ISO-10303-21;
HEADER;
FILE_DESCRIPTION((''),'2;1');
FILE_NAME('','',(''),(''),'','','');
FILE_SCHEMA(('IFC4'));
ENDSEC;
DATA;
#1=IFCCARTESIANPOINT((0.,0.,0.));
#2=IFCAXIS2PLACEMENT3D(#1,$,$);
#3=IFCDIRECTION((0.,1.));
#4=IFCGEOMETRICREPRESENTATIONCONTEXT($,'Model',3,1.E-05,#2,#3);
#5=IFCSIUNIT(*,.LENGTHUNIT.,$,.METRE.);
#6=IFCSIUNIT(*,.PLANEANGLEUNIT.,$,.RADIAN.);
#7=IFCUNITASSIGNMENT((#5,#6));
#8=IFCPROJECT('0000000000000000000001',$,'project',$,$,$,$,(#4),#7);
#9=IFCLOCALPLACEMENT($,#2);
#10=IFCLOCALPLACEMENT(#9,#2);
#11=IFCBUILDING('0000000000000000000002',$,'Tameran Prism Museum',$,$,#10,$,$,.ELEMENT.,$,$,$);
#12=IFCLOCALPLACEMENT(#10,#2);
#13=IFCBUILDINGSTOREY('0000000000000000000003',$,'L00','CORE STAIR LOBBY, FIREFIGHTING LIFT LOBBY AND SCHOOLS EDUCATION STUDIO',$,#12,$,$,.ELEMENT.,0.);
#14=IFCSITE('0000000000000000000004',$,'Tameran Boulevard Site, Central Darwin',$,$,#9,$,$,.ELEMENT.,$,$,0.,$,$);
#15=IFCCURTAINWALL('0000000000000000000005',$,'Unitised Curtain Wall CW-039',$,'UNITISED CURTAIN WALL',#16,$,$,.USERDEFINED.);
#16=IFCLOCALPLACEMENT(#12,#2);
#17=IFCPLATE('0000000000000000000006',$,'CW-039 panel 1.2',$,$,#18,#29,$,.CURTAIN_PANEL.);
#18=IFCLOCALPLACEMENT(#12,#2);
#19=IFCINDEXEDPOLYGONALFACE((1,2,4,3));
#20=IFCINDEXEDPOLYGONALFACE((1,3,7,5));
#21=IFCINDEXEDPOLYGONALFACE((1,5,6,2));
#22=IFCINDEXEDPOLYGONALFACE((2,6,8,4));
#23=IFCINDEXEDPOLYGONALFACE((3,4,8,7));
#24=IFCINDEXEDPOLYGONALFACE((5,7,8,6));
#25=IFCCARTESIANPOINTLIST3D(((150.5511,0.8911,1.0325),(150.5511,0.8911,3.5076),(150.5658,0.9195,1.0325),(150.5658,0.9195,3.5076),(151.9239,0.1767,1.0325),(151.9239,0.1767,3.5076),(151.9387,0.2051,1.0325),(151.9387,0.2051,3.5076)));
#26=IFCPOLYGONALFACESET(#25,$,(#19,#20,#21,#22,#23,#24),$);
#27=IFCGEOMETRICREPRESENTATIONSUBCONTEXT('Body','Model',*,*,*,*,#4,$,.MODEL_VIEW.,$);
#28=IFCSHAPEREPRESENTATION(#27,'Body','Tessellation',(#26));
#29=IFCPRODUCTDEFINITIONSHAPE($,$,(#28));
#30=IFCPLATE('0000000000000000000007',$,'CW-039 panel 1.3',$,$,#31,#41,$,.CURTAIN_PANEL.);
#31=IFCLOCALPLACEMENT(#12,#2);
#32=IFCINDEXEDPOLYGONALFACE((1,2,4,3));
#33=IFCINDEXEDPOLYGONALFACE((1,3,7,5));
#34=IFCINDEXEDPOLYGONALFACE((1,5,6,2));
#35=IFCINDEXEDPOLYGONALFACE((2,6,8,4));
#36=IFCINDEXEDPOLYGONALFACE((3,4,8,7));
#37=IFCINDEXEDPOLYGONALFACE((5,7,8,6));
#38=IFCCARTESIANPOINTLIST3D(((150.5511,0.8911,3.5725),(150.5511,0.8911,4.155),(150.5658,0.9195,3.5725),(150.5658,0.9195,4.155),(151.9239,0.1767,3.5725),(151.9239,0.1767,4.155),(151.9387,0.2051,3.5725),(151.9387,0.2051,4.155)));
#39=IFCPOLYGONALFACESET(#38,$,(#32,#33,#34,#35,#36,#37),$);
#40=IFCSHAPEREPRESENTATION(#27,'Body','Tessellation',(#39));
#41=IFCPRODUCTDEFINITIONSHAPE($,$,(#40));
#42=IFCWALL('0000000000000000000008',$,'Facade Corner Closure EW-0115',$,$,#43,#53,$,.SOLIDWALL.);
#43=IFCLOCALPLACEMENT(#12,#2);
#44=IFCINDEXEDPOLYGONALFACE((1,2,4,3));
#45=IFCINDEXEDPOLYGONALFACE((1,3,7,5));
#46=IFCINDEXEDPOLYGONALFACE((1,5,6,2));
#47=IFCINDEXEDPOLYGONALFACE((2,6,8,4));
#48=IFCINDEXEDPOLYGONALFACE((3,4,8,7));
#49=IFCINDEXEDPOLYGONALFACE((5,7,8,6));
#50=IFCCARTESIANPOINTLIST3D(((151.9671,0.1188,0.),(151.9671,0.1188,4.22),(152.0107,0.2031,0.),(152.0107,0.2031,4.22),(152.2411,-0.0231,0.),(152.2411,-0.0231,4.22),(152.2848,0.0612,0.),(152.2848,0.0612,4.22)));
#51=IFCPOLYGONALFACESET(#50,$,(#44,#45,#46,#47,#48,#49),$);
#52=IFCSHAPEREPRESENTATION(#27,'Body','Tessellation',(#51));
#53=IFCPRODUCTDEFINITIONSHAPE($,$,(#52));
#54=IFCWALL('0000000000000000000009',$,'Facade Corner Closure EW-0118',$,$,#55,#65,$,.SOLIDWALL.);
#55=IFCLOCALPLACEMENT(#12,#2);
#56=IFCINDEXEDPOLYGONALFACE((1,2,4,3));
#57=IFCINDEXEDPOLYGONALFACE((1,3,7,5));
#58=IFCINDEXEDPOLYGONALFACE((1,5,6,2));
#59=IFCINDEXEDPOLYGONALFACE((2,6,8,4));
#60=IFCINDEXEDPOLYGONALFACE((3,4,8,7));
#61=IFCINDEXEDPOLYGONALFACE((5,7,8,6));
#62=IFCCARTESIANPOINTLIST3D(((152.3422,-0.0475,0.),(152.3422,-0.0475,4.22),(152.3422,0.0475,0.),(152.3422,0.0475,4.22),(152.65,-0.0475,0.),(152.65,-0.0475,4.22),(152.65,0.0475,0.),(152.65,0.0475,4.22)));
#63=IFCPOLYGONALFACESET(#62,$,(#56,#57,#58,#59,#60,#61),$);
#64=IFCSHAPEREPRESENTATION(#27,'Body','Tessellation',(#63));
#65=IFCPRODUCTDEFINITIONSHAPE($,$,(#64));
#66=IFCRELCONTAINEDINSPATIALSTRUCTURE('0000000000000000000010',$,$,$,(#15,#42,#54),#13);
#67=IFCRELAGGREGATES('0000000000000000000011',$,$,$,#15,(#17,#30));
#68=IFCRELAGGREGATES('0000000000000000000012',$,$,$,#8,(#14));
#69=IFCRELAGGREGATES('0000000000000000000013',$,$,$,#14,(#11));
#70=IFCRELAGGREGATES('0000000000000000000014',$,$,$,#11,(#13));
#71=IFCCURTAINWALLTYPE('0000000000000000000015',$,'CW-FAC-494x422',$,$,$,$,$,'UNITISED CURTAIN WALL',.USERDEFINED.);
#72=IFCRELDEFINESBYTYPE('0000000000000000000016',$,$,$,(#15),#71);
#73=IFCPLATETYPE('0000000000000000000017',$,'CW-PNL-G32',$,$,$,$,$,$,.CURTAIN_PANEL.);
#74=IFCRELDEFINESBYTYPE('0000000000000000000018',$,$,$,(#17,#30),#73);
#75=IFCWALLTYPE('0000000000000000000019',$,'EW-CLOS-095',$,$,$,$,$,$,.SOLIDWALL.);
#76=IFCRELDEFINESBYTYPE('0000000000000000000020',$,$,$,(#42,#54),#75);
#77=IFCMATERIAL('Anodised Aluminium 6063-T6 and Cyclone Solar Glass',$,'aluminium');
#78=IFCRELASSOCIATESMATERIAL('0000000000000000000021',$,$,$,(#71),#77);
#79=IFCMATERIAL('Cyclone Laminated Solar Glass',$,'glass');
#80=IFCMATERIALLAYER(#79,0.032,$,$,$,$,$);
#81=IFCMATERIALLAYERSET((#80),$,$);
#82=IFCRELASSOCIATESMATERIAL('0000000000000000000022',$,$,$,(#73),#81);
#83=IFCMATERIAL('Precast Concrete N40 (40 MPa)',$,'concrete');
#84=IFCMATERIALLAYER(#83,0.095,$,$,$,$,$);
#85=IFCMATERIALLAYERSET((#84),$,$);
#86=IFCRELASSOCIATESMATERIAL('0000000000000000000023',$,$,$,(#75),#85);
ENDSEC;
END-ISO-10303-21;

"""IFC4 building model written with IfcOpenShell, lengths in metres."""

from ifc_helpers import new_model, si_unit, direction, frame, frame_2d, origin, origin_2d, place, context, subcontext, project, spatial, rectangle, extrude, material, layer, layer_set, type_object, element, aggregate, save


model = new_model("IFC4")

# Units and contexts
model_context = context("Model", 3, precision=1e-05, world=origin(), true_north=direction((0.0, 1.0)))
body_context = subcontext(model_context, "Body", "Model", "MODEL_VIEW")
ifc_project = project(units=[si_unit("LENGTHUNIT", "METRE"), si_unit("PLANEANGLEUNIT", "RADIAN")], contexts=[model_context])

# Site, building, storey
site_placement = place(None, origin())
site = spatial("IfcSite", under=ifc_project, at=site_placement, Name="Tameran Boulevard Site, Central Darwin", CompositionType="ELEMENT", RefElevation=0.0)
building_placement = place(site_placement, origin())
building = spatial("IfcBuilding", under=site, at=building_placement, Name="Tameran Prism Museum", CompositionType="ELEMENT")
storey_placement = place(building_placement, origin())
storey = spatial("IfcBuildingStorey", under=building, at=storey_placement, Name="L00", Description="CORE STAIR LOBBY, FIREFIGHTING LIFT LOBBY AND SCHOOLS EDUCATION STUDIO", CompositionType="ELEMENT", Elevation=0.0)

# Curtain wall
ifc_material_1 = material(Name="Anodised Aluminium 6063-T6 and Cyclone Solar Glass", Category="aluminium")
curtain_wall_type_1 = type_object("IfcCurtainWallType", Name="CW-FAC-494x422", ElementType="UNITISED CURTAIN WALL", PredefinedType="USERDEFINED", material=ifc_material_1)
curtain_wall_1_placement = place(storey_placement, origin())
curtain_wall_1 = element("IfcCurtainWall", 1, at=curtain_wall_1_placement, inside=storey, type_object=curtain_wall_type_1, Name="Unitised Curtain Wall CW-039", ObjectType="UNITISED CURTAIN WALL", PredefinedType="USERDEFINED")

# Plates
ifc_material_2 = material(Name="Cyclone Laminated Solar Glass", Category="glass")
ifc_layer_1 = layer(ifc_material_2, 0.032)
ifc_layer_set_1 = layer_set([ifc_layer_1])
plate_type_1 = type_object("IfcPlateType", Name="CW-PNL-G32", PredefinedType="CURTAIN_PANEL", material=ifc_layer_set_1)
plate_1_placement = place(storey_placement, frame((151.2449, 0.5481, 1.0325), z_axis=(0.0, 0.0, 1.0), x_axis=(-0.887097, 0.461582, 0.0)))
plate_1 = element("IfcPlate", 2, at=plate_1_placement, type_object=plate_type_1, Name="CW-039 panel 1.2", PredefinedType="CURTAIN_PANEL", context=body_context, shape_type="SweptSolid", body=[
    extrude(rectangle(XDim=1.5476, YDim=0.032, at=origin_2d()), origin(), (0.0, 0.0, 1.0), 2.4751),
])
plate_2_placement = place(storey_placement, frame((151.2449, 0.5481, 3.5725), z_axis=(0.0, 0.0, 1.0), x_axis=(-0.887097, 0.461582, 0.0)))
plate_2 = element("IfcPlate", 3, at=plate_2_placement, type_object=plate_type_1, Name="CW-039 panel 1.3", PredefinedType="CURTAIN_PANEL", context=body_context, shape_type="SweptSolid", body=[
    extrude(rectangle(XDim=1.5476, YDim=0.032, at=origin_2d()), origin(), (0.0, 0.0, 1.0), 0.5825),
])
aggregate(curtain_wall_1, [plate_1, plate_2])

# Walls
ifc_material_3 = material(Name="Precast Concrete N40 (40 MPa)", Category="concrete")
ifc_layer_2 = layer(ifc_material_3, 0.095)
ifc_layer_set_2 = layer_set([ifc_layer_2])
wall_type = type_object("IfcWallType", Name="EW-CLOS-095", PredefinedType="SOLIDWALL", material=ifc_layer_set_2)
wall_1_placement = place(storey_placement, frame((152.2629, 0.019, 0.0), z_axis=(0.0, 0.0, 1.0), x_axis=(-0.888006, 0.459832, 0.0)))
element("IfcWall", 4, at=wall_1_placement, inside=storey, type_object=wall_type, Name="Facade Corner Closure EW-0115", PredefinedType="SOLIDWALL", context=body_context, shape_type="SweptSolid", body=[
    extrude(rectangle(XDim=0.3086, YDim=0.095, at=frame_2d((0.1543, 0.0))), origin(), (0.0, 0.0, 1.0), 4.22),
])
wall_2_placement = place(storey_placement, frame((152.6499, 0.0, 0.0), z_axis=(0.0, 0.0, 1.0), x_axis=(-1.0, 0.0, 0.0)))
element("IfcWall", 5, at=wall_2_placement, inside=storey, type_object=wall_type, Name="Facade Corner Closure EW-0118", PredefinedType="SOLIDWALL", context=body_context, shape_type="SweptSolid", body=[
    extrude(rectangle(XDim=0.3079, YDim=0.095, at=frame_2d((0.1538, 0.0))), origin(), (0.0, 0.0, 1.0), 4.22),
])

save(model, "model.ifc")
